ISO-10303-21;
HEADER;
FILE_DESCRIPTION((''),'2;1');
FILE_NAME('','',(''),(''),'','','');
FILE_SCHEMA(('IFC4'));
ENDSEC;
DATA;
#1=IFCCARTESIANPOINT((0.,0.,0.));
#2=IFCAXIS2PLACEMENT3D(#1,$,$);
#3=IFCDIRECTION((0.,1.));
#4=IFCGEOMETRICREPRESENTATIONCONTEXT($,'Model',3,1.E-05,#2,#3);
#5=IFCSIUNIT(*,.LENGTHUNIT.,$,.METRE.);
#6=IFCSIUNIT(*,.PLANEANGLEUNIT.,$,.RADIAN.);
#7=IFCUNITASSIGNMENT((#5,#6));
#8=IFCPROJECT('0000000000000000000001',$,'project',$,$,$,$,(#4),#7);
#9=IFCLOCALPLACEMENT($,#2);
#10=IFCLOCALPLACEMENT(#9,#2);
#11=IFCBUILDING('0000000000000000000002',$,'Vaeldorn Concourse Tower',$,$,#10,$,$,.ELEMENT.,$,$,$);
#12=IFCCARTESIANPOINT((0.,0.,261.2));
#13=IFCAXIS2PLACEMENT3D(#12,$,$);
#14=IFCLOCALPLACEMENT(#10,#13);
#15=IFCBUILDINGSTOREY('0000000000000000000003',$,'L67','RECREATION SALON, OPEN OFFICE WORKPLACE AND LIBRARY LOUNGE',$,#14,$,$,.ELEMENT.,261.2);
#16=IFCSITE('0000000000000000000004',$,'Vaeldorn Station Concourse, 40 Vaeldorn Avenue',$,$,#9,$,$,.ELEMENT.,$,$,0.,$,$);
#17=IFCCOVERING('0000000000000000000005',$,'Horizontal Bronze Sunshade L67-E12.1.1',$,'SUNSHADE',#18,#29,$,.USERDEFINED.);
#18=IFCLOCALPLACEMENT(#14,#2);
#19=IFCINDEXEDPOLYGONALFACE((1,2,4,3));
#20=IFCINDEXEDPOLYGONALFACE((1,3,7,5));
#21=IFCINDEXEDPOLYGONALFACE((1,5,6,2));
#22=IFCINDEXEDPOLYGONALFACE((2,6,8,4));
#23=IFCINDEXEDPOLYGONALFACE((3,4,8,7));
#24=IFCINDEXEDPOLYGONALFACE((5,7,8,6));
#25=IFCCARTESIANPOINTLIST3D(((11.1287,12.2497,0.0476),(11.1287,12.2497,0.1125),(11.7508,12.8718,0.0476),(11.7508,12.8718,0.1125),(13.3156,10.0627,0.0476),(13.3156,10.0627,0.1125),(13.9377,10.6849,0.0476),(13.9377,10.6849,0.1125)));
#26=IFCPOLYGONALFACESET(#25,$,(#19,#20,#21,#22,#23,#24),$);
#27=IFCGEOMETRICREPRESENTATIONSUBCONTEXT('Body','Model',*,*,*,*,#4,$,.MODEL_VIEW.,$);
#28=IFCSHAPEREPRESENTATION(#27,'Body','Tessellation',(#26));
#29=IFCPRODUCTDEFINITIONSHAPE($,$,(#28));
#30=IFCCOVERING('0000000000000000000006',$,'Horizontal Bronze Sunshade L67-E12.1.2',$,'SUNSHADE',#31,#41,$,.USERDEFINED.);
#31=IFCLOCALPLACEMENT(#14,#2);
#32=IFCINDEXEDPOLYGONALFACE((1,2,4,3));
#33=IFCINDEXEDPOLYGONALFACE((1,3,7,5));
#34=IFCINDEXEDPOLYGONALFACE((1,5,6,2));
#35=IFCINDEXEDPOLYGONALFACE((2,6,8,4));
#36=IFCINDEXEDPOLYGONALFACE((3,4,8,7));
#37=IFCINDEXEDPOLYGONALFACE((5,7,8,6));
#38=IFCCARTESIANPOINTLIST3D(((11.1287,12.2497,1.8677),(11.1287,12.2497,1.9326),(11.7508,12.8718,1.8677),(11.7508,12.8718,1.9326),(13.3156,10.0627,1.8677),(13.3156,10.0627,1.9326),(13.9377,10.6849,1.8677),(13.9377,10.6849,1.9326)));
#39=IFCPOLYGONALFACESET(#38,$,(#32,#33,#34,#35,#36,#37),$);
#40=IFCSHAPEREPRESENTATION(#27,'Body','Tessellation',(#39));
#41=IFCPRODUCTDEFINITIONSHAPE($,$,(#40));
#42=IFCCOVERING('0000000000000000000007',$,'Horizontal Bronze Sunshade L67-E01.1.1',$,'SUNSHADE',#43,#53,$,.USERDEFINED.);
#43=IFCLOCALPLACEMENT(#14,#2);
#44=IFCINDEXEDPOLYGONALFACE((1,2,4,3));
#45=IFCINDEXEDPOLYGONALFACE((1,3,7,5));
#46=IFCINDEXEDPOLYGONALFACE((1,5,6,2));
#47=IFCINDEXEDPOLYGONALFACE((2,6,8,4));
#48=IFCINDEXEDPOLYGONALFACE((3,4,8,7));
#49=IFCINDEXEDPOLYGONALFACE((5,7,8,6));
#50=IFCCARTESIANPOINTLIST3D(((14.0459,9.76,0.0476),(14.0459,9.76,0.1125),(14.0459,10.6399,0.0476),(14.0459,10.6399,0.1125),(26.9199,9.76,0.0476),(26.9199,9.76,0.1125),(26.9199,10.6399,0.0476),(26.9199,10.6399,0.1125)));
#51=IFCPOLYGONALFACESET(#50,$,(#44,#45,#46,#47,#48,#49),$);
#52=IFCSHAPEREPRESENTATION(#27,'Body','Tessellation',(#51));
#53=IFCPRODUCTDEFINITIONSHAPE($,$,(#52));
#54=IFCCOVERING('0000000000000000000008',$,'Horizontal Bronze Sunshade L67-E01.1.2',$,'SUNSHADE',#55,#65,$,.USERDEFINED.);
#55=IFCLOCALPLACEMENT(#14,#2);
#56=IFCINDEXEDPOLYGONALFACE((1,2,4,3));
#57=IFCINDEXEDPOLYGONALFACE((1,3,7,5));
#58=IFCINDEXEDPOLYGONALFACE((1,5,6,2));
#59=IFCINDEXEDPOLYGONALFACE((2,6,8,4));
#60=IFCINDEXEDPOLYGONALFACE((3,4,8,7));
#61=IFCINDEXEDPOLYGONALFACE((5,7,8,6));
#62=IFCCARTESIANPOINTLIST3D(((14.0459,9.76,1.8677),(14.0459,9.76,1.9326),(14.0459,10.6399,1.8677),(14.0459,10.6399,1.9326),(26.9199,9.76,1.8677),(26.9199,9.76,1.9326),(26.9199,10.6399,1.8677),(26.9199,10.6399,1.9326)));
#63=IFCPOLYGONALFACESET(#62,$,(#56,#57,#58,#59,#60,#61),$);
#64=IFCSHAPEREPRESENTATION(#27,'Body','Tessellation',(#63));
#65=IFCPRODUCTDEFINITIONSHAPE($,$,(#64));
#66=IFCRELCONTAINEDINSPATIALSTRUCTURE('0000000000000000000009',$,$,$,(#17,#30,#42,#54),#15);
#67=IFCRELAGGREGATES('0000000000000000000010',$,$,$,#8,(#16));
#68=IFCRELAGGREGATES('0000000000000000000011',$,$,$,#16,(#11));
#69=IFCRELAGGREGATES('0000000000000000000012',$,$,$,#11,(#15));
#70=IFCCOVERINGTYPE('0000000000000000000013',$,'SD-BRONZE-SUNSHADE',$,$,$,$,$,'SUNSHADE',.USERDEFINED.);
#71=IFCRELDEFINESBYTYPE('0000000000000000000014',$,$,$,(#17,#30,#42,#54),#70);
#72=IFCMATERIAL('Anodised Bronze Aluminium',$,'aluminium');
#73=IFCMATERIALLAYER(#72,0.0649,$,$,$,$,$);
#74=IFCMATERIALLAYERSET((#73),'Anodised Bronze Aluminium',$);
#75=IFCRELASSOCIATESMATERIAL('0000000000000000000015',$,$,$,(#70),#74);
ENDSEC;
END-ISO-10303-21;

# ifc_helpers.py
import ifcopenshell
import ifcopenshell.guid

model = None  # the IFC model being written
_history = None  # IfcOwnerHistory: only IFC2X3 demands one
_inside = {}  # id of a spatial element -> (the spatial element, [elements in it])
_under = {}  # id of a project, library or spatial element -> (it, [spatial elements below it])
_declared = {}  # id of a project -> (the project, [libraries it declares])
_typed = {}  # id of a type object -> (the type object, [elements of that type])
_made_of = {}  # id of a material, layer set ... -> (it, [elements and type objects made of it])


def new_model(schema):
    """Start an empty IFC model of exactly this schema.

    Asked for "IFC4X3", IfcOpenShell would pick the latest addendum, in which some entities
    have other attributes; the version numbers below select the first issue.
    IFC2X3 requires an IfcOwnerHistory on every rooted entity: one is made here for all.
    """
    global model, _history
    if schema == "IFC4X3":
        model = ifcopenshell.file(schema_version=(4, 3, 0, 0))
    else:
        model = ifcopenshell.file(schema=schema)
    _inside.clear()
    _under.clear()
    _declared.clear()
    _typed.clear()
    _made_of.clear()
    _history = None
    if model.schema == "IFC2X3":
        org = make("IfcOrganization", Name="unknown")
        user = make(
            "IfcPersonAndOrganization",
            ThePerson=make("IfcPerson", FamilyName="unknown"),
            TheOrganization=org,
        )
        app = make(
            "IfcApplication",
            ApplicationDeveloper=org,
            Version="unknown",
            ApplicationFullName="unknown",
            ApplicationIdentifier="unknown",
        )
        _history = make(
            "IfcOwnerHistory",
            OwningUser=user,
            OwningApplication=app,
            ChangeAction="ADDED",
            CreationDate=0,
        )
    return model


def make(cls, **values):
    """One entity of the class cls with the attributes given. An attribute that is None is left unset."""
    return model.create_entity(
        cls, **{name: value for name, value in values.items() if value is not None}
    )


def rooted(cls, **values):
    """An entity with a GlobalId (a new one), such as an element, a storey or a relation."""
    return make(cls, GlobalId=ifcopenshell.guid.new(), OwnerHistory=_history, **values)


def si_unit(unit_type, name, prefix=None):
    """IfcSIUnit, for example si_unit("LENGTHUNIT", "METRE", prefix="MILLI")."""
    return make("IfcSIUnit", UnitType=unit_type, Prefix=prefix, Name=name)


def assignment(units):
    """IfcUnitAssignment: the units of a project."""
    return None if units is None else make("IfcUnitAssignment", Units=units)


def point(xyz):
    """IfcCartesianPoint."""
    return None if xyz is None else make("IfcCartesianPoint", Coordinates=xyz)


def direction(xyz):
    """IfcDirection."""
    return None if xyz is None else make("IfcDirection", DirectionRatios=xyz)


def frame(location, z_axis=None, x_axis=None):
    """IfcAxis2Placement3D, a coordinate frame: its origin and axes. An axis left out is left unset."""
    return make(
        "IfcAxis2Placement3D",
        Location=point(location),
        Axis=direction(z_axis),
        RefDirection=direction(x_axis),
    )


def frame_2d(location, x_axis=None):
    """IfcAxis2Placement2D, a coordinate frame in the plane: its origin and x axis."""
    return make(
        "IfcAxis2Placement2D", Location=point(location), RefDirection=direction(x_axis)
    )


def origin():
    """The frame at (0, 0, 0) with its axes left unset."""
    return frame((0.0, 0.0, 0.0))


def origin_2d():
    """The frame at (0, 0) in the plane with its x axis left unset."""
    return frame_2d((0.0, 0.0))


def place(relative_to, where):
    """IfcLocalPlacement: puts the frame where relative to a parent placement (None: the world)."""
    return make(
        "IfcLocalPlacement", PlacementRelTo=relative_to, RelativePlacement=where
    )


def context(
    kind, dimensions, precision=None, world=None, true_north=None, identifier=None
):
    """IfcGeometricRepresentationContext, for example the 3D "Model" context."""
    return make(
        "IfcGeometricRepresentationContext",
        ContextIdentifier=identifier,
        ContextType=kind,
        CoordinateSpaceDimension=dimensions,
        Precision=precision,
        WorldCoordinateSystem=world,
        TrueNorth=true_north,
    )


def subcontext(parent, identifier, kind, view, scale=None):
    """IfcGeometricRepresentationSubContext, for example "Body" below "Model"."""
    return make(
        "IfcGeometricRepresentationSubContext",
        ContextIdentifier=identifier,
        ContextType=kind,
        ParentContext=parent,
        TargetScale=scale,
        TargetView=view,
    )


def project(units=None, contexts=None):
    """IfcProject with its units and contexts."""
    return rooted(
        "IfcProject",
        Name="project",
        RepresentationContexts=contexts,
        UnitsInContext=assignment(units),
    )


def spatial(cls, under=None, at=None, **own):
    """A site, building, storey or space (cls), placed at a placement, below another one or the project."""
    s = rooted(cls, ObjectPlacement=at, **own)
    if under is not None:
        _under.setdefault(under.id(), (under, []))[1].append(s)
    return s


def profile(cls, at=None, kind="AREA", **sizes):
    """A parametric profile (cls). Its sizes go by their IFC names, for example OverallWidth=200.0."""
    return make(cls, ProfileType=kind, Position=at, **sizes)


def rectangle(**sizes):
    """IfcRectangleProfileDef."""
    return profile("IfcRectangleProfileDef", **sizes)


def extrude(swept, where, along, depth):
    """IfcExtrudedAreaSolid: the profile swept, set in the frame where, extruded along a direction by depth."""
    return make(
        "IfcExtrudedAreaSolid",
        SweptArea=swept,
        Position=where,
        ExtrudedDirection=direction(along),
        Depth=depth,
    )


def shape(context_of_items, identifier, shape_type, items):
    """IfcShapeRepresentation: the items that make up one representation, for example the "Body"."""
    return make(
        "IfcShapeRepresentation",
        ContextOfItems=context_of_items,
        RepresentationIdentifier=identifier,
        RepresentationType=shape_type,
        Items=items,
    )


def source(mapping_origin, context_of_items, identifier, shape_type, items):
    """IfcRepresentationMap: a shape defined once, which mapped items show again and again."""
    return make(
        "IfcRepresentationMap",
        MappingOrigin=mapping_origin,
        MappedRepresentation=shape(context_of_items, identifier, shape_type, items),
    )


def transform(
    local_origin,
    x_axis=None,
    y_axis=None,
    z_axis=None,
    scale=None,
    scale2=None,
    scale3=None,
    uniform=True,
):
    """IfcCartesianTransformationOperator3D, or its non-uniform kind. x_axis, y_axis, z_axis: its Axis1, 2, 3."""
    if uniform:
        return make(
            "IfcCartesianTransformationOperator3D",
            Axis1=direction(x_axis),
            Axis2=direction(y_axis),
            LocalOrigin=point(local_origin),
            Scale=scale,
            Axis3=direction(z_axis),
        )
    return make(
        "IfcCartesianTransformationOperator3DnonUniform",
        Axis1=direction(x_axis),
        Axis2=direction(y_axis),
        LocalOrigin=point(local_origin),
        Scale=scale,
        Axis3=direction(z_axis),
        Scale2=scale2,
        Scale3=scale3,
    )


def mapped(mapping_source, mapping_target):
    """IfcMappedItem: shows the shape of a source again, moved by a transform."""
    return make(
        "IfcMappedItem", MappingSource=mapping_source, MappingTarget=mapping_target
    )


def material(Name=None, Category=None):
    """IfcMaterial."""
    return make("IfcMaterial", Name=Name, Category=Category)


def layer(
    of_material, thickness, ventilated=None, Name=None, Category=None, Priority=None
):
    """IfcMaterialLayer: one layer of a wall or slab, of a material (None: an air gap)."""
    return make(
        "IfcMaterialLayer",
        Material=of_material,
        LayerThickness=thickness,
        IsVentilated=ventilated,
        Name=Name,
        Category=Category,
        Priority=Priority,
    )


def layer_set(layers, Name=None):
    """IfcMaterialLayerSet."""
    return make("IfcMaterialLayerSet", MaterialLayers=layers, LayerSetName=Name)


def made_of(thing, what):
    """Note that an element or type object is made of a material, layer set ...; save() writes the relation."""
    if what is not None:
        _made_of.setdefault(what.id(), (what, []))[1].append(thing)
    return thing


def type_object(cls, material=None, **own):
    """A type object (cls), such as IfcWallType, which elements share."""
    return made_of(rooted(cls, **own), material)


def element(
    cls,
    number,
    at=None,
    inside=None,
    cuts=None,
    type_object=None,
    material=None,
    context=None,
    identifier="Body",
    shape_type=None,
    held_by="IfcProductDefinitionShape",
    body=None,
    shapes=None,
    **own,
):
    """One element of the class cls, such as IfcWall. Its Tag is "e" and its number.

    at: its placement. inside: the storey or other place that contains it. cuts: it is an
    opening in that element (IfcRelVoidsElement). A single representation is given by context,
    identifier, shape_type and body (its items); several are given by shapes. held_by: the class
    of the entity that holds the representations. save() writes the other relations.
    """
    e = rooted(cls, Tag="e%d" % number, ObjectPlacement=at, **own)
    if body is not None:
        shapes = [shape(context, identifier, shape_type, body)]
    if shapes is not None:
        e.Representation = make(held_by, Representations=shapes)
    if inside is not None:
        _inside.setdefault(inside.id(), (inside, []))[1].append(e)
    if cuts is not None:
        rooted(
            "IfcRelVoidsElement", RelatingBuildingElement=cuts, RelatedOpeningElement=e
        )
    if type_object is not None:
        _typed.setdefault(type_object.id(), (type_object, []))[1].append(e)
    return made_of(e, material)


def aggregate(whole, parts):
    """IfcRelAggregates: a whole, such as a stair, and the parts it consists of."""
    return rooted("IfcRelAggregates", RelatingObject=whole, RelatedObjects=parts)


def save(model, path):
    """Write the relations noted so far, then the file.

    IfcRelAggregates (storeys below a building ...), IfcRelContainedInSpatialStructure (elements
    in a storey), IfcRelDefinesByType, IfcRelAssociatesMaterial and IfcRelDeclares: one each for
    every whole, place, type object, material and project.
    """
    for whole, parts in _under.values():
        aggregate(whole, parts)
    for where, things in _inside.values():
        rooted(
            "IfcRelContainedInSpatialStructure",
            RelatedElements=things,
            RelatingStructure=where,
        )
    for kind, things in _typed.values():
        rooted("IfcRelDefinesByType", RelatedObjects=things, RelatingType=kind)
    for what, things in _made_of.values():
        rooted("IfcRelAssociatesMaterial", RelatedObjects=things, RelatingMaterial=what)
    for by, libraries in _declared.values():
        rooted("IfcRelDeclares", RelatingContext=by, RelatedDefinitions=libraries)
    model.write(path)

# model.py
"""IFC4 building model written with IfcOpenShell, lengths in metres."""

from ifc_helpers import new_model, si_unit, direction, frame, origin, origin_2d, place, context, subcontext, project, spatial, rectangle, extrude, source, transform, mapped, material, layer, layer_set, type_object, element, save


model = new_model("IFC4")

# Units and contexts
model_context = context("Model", 3, precision=1e-05, world=origin(), true_north=direction((0.0, 1.0)))
body_context = subcontext(model_context, "Body", "Model", "MODEL_VIEW")
ifc_project = project(units=[si_unit("LENGTHUNIT", "METRE"), si_unit("PLANEANGLEUNIT", "RADIAN")], contexts=[model_context])

# Site, building, storey
site_placement = place(None, origin())
site = spatial("IfcSite", under=ifc_project, at=site_placement, Name="Vaeldorn Station Concourse, 40 Vaeldorn Avenue", CompositionType="ELEMENT", RefElevation=0.0)
building_placement = place(site_placement, origin())
building = spatial("IfcBuilding", under=site, at=building_placement, Name="Vaeldorn Concourse Tower", CompositionType="ELEMENT")
storey_placement = place(building_placement, frame((0.0, 0.0, 261.2)))
storey = spatial("IfcBuildingStorey", under=building, at=storey_placement, Name="L67", Description="RECREATION SALON, OPEN OFFICE WORKPLACE AND LIBRARY LOUNGE", CompositionType="ELEMENT", Elevation=261.2)

# Shared definitions
ifc_material_1 = material(Name="Anodised Bronze Aluminium", Category="aluminium")

# Coverings
ifc_layer_1 = layer(ifc_material_1, 0.0649)
ifc_layer_set_1 = layer_set([ifc_layer_1], Name="Anodised Bronze Aluminium")
covering_type = type_object("IfcCoveringType", Name="SD-BRONZE-SUNSHADE", ElementType="SUNSHADE", PredefinedType="USERDEFINED", material=ifc_layer_set_1)
shared_shape_1 = source(origin(), body_context, "Body", "SweptSolid", [
    extrude(rectangle(XDim=3.0928, YDim=0.8799, at=origin_2d()), origin(), (0.0, 0.0, 1.0), 0.0649),
])
for number, where, z_axis, x_axis, name in (
    (1, (12.5332, 11.4673, 0.0476), (0.0, 0.0, 1.0), (0.707107, -0.707107, 0.0), "Horizontal Bronze Sunshade L67-E12.1.1"),
    (2, (12.5332, 11.4673, 1.8677), (0.0, 0.0, 1.0), (0.707107, -0.707107, 0.0), "Horizontal Bronze Sunshade L67-E12.1.2"),
):
    element("IfcCovering", number, at=place(storey_placement, frame(where, z_axis=z_axis, x_axis=x_axis)), inside=storey, type_object=covering_type, Name=name, ObjectType="SUNSHADE", PredefinedType="USERDEFINED", context=body_context, shape_type="MappedRepresentation", body=[
        mapped(shared_shape_1, transform((0.0, 0.0, 0.0), scale=1.0)),
    ])
shared_shape_2 = source(origin(), body_context, "Body", "SweptSolid", [
    extrude(rectangle(XDim=12.874, YDim=0.8799, at=origin_2d()), origin(), (0.0, 0.0, 1.0), 0.0649),
])
for number, where, z_axis, x_axis, name in (
    (3, (20.4829, 10.2, 0.0476), (0.0, 0.0, 1.0), (1.0, 0.0, 0.0), "Horizontal Bronze Sunshade L67-E01.1.1"),
    (4, (20.4829, 10.2, 1.8677), (0.0, 0.0, 1.0), (1.0, 0.0, 0.0), "Horizontal Bronze Sunshade L67-E01.1.2"),
):
    element("IfcCovering", number, at=place(storey_placement, frame(where, z_axis=z_axis, x_axis=x_axis)), inside=storey, type_object=covering_type, Name=name, ObjectType="SUNSHADE", PredefinedType="USERDEFINED", context=body_context, shape_type="MappedRepresentation", body=[
        mapped(shared_shape_2, transform((0.0, 0.0, 0.0), scale=1.0)),
    ])

save(model, "model.ifc")
